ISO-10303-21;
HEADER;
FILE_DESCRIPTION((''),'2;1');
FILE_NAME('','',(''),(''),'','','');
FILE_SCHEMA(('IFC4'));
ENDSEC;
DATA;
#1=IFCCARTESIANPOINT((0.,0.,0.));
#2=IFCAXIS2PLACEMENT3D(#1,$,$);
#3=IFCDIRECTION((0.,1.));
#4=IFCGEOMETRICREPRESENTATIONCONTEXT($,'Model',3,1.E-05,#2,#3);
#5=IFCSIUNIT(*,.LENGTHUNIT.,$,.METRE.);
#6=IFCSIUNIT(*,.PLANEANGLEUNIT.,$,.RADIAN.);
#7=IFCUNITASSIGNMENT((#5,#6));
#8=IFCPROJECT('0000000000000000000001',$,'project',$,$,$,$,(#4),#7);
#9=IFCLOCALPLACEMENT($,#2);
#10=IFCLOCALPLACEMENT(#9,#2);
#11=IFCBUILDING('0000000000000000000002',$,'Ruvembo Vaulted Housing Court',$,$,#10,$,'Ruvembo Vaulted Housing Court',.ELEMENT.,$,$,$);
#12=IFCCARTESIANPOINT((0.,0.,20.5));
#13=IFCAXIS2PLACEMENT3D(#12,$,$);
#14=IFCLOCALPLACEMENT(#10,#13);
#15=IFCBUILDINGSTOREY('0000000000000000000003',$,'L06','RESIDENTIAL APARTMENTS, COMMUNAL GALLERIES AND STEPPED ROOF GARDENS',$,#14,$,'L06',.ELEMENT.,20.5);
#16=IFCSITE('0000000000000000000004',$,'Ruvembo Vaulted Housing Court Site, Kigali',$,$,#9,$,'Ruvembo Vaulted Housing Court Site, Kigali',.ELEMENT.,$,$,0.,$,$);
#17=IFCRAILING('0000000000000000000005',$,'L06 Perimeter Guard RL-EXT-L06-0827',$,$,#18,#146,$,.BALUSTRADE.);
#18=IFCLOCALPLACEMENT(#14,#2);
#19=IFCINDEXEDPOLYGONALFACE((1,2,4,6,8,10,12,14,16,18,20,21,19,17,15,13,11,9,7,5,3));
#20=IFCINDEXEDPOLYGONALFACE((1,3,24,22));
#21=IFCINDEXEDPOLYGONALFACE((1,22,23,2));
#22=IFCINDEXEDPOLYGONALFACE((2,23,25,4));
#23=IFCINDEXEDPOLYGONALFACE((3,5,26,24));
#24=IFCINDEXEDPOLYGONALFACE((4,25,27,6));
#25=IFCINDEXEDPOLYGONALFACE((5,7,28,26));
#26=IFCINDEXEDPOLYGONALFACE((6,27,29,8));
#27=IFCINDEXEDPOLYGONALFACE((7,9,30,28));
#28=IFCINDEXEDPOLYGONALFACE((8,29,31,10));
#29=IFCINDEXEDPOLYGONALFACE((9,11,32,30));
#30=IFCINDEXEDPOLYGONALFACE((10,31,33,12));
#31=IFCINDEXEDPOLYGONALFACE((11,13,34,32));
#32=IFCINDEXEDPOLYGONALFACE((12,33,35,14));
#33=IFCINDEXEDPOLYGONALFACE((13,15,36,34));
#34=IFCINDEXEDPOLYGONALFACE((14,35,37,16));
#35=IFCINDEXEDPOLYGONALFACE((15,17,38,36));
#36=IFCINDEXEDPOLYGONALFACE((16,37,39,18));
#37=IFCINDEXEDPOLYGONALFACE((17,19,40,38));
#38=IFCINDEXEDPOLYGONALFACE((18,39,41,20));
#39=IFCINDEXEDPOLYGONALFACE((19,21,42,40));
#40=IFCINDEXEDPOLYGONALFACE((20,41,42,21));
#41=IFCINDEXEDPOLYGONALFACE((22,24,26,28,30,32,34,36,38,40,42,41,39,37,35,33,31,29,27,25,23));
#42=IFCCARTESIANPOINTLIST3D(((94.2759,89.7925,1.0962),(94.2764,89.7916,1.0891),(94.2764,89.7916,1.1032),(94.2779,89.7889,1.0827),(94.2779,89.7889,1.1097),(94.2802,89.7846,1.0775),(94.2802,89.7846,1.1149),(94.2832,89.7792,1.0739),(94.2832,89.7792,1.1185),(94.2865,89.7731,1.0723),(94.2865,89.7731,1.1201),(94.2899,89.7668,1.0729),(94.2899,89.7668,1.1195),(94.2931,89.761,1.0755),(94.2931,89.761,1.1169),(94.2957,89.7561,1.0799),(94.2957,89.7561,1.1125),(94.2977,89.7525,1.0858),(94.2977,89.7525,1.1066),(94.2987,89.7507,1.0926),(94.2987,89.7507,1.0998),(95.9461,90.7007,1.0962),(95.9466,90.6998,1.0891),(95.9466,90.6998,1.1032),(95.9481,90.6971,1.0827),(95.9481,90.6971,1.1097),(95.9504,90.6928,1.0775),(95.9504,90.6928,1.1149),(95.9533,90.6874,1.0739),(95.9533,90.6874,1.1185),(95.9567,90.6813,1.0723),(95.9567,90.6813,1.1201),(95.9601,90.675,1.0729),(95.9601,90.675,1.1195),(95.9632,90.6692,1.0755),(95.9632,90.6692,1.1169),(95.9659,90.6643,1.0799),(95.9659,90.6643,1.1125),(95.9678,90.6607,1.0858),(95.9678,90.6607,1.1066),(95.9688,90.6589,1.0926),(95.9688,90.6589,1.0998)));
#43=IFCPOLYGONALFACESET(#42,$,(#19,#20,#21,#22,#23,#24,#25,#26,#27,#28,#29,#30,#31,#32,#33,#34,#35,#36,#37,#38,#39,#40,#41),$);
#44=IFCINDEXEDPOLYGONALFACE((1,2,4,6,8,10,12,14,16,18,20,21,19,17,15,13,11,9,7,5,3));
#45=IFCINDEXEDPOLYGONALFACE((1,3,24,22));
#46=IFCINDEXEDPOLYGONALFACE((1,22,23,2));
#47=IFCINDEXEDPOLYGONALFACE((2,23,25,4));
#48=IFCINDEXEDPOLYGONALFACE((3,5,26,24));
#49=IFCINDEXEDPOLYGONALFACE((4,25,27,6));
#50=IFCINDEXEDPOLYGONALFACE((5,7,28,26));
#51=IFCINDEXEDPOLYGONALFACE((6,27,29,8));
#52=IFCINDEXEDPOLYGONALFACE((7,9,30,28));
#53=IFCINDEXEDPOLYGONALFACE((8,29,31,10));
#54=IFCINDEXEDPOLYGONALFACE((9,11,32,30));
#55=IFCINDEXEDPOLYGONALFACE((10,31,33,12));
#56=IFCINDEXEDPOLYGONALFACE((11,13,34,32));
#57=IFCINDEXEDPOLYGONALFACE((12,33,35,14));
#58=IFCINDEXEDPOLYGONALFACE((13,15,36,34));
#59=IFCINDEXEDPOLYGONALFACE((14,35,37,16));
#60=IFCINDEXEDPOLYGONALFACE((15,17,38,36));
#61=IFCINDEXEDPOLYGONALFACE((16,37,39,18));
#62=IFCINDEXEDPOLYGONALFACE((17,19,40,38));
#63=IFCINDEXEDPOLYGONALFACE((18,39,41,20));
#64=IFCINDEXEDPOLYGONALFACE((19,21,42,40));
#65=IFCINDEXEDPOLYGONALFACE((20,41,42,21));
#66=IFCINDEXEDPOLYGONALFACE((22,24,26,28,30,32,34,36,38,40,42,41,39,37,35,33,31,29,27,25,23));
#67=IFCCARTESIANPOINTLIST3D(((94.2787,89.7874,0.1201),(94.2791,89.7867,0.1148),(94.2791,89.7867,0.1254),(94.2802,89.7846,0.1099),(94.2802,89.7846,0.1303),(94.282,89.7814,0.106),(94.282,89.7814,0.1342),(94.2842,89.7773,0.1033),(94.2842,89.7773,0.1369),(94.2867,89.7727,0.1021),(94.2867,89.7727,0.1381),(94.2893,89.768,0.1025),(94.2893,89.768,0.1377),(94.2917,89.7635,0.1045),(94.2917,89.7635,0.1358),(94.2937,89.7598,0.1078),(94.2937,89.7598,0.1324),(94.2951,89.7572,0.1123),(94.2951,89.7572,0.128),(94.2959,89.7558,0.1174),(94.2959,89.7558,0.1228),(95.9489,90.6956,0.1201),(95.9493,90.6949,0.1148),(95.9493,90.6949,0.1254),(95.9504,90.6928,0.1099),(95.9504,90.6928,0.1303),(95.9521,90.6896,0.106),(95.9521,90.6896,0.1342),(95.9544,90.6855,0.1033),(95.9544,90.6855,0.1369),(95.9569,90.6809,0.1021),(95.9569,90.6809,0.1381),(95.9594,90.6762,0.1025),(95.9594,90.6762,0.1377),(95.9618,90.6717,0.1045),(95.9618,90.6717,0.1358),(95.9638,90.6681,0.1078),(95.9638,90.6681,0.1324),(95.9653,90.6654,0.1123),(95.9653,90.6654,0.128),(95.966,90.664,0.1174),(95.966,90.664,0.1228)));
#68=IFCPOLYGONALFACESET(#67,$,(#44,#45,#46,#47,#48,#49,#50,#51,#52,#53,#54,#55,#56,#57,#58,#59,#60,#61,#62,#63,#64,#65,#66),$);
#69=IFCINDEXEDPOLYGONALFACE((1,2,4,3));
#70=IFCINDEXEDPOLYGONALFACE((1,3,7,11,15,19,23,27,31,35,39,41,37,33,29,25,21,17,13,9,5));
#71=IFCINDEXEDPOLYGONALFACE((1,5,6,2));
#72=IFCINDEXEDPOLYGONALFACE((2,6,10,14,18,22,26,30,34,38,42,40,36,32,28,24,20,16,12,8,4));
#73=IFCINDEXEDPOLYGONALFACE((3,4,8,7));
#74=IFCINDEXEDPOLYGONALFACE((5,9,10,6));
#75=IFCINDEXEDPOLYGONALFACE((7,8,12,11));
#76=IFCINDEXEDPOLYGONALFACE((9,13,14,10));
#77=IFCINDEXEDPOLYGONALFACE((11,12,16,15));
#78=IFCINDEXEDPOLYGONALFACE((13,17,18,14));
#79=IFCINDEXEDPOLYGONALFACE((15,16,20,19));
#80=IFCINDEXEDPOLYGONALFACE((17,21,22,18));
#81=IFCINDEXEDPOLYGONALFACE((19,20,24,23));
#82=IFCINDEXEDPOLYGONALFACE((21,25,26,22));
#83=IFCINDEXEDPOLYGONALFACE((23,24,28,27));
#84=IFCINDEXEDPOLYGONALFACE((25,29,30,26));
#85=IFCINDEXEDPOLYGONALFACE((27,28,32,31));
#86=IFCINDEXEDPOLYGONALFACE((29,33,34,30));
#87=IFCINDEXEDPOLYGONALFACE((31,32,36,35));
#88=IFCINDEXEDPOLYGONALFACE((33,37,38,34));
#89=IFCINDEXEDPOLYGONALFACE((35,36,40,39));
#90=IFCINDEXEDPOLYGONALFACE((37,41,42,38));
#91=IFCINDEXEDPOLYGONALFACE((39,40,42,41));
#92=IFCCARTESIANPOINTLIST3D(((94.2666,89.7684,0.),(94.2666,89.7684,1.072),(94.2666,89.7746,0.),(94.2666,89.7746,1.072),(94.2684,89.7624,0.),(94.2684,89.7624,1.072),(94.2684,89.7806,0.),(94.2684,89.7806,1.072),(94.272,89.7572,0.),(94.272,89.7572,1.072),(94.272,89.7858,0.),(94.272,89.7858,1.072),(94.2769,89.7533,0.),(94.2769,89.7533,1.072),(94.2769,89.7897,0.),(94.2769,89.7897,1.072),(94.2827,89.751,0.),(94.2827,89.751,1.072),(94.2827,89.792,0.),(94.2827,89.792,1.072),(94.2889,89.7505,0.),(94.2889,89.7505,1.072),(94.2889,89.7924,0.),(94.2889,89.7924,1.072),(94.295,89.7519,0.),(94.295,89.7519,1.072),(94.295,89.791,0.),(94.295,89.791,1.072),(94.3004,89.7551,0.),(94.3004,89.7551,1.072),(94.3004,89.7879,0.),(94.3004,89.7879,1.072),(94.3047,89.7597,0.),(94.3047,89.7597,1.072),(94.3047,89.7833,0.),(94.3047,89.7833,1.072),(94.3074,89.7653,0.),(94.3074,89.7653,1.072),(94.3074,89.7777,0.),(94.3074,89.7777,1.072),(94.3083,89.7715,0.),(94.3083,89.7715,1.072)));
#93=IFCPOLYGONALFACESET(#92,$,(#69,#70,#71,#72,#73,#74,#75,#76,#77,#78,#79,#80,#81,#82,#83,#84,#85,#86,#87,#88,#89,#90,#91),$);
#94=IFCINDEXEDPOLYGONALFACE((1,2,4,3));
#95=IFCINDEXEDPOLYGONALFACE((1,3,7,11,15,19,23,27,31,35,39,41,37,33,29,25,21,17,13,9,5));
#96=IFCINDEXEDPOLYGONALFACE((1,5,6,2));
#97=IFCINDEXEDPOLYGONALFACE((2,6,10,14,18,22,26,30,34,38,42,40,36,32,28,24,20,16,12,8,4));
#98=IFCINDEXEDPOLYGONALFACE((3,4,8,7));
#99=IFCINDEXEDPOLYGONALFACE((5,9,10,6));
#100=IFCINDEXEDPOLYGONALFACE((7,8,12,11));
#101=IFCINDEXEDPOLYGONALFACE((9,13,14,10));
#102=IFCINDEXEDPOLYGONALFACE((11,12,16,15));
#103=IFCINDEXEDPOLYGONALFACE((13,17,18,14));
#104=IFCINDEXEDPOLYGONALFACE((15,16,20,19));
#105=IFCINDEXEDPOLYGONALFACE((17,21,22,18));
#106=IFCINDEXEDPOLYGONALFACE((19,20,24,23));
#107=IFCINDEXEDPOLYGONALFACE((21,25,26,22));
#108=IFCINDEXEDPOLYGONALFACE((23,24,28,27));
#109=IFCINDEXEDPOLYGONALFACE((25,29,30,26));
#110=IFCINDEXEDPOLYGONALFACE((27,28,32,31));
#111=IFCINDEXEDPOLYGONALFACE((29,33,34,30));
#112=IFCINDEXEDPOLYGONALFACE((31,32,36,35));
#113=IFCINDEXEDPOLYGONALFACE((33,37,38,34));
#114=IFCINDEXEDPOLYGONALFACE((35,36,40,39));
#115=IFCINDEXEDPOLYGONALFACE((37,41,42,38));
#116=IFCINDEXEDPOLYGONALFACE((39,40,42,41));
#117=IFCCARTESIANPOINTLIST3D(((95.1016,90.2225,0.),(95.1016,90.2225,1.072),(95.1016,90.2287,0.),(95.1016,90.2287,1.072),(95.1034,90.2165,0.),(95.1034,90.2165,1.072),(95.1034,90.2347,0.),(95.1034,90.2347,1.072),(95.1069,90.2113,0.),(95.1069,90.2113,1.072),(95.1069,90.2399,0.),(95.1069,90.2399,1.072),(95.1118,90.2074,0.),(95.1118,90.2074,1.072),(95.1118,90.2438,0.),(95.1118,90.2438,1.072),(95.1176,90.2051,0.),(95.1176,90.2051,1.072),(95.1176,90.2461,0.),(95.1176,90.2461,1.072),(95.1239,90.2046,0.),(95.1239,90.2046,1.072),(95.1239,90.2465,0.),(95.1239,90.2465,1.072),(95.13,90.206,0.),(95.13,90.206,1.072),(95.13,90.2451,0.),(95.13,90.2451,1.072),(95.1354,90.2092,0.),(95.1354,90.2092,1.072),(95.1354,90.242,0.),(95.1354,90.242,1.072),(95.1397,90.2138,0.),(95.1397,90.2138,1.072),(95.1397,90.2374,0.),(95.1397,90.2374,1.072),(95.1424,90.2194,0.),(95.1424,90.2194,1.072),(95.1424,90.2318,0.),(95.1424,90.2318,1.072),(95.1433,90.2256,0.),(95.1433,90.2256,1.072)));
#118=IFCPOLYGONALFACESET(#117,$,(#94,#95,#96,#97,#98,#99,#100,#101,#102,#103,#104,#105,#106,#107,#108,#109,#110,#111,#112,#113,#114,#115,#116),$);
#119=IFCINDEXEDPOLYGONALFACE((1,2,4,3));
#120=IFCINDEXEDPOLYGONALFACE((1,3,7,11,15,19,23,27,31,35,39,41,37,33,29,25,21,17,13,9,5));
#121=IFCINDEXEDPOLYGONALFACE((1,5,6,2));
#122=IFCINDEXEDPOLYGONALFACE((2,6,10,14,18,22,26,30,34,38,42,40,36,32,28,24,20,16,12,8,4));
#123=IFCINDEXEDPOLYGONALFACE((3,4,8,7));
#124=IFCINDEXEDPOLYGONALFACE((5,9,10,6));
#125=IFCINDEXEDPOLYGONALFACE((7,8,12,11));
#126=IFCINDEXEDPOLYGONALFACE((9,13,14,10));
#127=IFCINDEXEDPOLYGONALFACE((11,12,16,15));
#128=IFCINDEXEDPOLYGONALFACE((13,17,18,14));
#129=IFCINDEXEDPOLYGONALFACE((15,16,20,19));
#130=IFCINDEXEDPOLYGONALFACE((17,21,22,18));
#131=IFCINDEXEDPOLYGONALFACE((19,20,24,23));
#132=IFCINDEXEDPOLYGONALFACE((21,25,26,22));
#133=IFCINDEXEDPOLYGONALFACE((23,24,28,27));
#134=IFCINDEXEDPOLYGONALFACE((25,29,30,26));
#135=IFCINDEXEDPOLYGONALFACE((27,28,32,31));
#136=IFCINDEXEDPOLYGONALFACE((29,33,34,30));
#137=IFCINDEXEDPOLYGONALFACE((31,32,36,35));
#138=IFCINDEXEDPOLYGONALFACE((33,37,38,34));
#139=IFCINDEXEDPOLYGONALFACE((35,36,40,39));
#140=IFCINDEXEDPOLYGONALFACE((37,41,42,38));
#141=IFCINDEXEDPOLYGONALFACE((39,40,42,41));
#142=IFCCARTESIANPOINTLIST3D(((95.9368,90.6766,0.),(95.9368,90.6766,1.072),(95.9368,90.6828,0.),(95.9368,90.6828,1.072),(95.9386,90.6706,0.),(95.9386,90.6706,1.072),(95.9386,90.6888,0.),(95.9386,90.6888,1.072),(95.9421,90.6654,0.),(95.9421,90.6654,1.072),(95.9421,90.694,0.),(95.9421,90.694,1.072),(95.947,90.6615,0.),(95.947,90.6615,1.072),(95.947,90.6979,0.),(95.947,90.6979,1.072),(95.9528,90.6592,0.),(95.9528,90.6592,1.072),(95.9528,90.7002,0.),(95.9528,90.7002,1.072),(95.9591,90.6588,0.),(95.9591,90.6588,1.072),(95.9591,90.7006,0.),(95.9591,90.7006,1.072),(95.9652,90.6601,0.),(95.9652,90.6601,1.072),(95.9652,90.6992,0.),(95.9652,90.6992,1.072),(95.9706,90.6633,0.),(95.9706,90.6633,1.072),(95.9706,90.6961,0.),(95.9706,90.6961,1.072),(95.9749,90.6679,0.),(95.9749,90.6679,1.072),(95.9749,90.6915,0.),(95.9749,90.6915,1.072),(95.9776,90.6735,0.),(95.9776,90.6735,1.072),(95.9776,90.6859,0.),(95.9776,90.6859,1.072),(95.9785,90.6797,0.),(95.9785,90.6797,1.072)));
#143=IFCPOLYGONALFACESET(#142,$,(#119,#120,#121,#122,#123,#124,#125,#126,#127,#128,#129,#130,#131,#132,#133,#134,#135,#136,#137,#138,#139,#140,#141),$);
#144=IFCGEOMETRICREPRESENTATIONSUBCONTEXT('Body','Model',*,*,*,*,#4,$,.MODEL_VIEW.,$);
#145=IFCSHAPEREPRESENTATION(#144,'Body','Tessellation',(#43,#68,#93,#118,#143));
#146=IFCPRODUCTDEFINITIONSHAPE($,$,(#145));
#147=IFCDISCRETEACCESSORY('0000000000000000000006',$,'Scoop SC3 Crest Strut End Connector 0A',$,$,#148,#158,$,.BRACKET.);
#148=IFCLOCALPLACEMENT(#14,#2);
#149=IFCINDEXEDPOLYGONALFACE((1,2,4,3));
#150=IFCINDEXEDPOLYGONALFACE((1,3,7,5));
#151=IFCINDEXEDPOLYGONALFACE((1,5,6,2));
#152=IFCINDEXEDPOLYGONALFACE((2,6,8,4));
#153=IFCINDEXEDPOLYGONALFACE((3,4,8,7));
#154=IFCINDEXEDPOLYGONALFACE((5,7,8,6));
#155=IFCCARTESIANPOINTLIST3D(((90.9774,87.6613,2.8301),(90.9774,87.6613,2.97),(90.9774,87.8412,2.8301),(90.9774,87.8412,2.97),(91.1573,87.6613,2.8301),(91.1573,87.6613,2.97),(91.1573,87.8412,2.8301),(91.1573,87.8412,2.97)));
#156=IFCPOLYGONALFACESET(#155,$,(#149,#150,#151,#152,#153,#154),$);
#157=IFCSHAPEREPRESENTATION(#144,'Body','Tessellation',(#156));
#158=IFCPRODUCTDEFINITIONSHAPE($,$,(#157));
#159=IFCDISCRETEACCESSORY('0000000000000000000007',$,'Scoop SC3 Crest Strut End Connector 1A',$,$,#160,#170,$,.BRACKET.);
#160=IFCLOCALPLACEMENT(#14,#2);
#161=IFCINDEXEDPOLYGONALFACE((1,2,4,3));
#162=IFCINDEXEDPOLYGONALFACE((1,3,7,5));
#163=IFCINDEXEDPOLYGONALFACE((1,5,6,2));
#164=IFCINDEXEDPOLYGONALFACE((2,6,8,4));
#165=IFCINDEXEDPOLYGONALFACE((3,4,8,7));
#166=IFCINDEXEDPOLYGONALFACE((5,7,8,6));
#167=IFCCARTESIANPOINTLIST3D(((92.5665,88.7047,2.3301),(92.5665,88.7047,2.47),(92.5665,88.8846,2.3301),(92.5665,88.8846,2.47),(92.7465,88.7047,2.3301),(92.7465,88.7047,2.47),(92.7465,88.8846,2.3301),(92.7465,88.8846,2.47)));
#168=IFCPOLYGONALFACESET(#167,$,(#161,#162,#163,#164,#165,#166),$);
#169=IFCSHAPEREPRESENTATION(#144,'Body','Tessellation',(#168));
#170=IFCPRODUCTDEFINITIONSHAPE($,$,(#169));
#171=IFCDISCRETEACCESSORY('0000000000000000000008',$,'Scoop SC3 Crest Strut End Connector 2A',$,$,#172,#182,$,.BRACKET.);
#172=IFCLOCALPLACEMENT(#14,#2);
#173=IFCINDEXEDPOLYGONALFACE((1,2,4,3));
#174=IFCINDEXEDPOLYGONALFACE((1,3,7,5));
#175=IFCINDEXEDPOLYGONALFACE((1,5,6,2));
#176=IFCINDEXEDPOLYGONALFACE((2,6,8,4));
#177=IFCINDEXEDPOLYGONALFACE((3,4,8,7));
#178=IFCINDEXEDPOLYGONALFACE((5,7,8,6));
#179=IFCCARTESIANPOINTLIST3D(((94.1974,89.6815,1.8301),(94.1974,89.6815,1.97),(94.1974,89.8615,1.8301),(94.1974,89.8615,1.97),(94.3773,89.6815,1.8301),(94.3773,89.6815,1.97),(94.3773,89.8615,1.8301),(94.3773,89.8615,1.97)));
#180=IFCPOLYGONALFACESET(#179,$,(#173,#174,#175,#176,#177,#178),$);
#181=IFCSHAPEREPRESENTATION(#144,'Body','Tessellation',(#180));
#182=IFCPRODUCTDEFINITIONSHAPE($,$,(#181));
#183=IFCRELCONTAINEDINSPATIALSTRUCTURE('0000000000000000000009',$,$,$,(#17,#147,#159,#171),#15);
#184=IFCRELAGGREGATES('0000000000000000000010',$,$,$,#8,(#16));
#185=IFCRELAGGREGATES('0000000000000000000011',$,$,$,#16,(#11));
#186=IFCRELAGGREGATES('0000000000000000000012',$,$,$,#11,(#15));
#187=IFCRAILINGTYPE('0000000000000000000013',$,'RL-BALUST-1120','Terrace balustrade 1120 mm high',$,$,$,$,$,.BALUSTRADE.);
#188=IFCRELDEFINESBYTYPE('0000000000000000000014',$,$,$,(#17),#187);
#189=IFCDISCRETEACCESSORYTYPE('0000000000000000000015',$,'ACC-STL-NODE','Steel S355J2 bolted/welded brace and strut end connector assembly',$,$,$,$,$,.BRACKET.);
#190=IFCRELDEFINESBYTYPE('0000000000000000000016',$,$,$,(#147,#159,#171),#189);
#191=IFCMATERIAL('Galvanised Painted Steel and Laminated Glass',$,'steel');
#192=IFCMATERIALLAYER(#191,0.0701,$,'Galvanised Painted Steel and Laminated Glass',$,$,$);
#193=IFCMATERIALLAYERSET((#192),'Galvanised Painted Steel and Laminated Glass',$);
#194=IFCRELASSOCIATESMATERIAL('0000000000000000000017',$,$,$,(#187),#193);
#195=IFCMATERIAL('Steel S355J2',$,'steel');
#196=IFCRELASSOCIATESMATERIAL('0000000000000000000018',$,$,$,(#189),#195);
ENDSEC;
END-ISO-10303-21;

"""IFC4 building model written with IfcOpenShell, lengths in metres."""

from ifc_helpers import new_model, si_unit, direction, frame, origin, origin_2d, place, context, subcontext, project, spatial, rectangle, circle, extrude, material, layer, layer_set, type_object, element, save


model = new_model("IFC4")

# Units and contexts
model_context = context("Model", 3, precision=1e-05, world=origin(), true_north=direction((0.0, 1.0)))
body_context = subcontext(model_context, "Body", "Model", "MODEL_VIEW")
ifc_project = project(units=[si_unit("LENGTHUNIT", "METRE"), si_unit("PLANEANGLEUNIT", "RADIAN")], contexts=[model_context])

# Site, building, storey
site_placement = place(None, origin())
site = spatial("IfcSite", under=ifc_project, at=site_placement, Name="Ruvembo Vaulted Housing Court Site, Kigali", LongName="Ruvembo Vaulted Housing Court Site, Kigali", CompositionType="ELEMENT", RefElevation=0.0)
building_placement = place(site_placement, origin())
building = spatial("IfcBuilding", under=site, at=building_placement, Name="Ruvembo Vaulted Housing Court", LongName="Ruvembo Vaulted Housing Court", CompositionType="ELEMENT")
storey_placement = place(building_placement, frame((0.0, 0.0, 20.5)))
storey = spatial("IfcBuildingStorey", under=building, at=storey_placement, Name="L06", Description="RESIDENTIAL APARTMENTS, COMMUNAL GALLERIES AND STEPPED ROOF GARDENS", LongName="L06", CompositionType="ELEMENT", Elevation=20.5)

# Shared definitions
ifc_material_1 = material(Name="Steel S355J2", Category="steel")

# Railing
ifc_material_2 = material(Name="Galvanised Painted Steel and Laminated Glass", Category="steel")
ifc_layer_1 = layer(ifc_material_2, 0.0701, Name="Galvanised Painted Steel and Laminated Glass")
ifc_layer_set_1 = layer_set([ifc_layer_1], Name="Galvanised Painted Steel and Laminated Glass")
railing_type = type_object("IfcRailingType", Name="RL-BALUST-1120", Description="Terrace balustrade 1120 mm high", PredefinedType="BALUSTRADE", material=ifc_layer_set_1)
railing_1_placement = place(storey_placement, frame((94.2874, 89.7715, 0.0)))
element("IfcRailing", 1, at=railing_1_placement, inside=storey, type_object=railing_type, Name="L06 Perimeter Guard RL-EXT-L06-0827", PredefinedType="BALUSTRADE", context=body_context, shape_type="SweptSolid", body=[
    extrude(circle(Radius=0.0239, at=origin_2d()), frame((0.0, 0.0, 1.0962), z_axis=(0.878513, 0.477718, 0.0), x_axis=(-0.477718, 0.878513, 0.0)), (0.0, 0.0, 1.0), 1.9011),
    extrude(circle(Radius=0.0181, at=origin_2d()), frame((0.0, 0.0, 0.1201), z_axis=(0.878513, 0.477718, 0.0), x_axis=(-0.477718, 0.878513, 0.0)), (0.0, 0.0, 1.0), 1.9011),
    extrude(circle(Radius=0.021, at=origin_2d()), origin(), (0.0, 0.0, 1.0), 1.072),
    extrude(circle(Radius=0.021, at=origin_2d()), frame((0.835, 0.4541, 0.0)), (0.0, 0.0, 1.0), 1.072),
    extrude(circle(Radius=0.021, at=origin_2d()), frame((1.6702, 0.9082, 0.0)), (0.0, 0.0, 1.0), 1.072),
])

# Discrete accessories
discrete_accessory_type = type_object("IfcDiscreteAccessoryType", Name="ACC-STL-NODE", Description="Steel S355J2 bolted/welded brace and strut end connector assembly", PredefinedType="BRACKET", material=ifc_material_1)
for number, where, z_axis, x_axis, name in (
    (2, (91.0674, 87.7512, 2.8301), (0.0, 0.0, 1.0), (1.0, 0.0, 0.0), "Scoop SC3 Crest Strut End Connector 0A"),
    (3, (92.6565, 88.7947, 2.3301), (0.0, 0.0, 1.0), (1.0, 0.0, 0.0), "Scoop SC3 Crest Strut End Connector 1A"),
    (4, (94.2874, 89.7715, 1.8301), (0.0, 0.0, 1.0), (1.0, 0.0, 0.0), "Scoop SC3 Crest Strut End Connector 2A"),
):
    element("IfcDiscreteAccessory", number, at=place(storey_placement, frame(where, z_axis=z_axis, x_axis=x_axis)), inside=storey, type_object=discrete_accessory_type, Name=name, PredefinedType="BRACKET", context=body_context, shape_type="SweptSolid", body=[
        extrude(rectangle(XDim=0.1799, YDim=0.1799, at=origin_2d()), origin(), (0.0, 0.0, 1.0), 0.1399),
    ])

save(model, "model.ifc")
